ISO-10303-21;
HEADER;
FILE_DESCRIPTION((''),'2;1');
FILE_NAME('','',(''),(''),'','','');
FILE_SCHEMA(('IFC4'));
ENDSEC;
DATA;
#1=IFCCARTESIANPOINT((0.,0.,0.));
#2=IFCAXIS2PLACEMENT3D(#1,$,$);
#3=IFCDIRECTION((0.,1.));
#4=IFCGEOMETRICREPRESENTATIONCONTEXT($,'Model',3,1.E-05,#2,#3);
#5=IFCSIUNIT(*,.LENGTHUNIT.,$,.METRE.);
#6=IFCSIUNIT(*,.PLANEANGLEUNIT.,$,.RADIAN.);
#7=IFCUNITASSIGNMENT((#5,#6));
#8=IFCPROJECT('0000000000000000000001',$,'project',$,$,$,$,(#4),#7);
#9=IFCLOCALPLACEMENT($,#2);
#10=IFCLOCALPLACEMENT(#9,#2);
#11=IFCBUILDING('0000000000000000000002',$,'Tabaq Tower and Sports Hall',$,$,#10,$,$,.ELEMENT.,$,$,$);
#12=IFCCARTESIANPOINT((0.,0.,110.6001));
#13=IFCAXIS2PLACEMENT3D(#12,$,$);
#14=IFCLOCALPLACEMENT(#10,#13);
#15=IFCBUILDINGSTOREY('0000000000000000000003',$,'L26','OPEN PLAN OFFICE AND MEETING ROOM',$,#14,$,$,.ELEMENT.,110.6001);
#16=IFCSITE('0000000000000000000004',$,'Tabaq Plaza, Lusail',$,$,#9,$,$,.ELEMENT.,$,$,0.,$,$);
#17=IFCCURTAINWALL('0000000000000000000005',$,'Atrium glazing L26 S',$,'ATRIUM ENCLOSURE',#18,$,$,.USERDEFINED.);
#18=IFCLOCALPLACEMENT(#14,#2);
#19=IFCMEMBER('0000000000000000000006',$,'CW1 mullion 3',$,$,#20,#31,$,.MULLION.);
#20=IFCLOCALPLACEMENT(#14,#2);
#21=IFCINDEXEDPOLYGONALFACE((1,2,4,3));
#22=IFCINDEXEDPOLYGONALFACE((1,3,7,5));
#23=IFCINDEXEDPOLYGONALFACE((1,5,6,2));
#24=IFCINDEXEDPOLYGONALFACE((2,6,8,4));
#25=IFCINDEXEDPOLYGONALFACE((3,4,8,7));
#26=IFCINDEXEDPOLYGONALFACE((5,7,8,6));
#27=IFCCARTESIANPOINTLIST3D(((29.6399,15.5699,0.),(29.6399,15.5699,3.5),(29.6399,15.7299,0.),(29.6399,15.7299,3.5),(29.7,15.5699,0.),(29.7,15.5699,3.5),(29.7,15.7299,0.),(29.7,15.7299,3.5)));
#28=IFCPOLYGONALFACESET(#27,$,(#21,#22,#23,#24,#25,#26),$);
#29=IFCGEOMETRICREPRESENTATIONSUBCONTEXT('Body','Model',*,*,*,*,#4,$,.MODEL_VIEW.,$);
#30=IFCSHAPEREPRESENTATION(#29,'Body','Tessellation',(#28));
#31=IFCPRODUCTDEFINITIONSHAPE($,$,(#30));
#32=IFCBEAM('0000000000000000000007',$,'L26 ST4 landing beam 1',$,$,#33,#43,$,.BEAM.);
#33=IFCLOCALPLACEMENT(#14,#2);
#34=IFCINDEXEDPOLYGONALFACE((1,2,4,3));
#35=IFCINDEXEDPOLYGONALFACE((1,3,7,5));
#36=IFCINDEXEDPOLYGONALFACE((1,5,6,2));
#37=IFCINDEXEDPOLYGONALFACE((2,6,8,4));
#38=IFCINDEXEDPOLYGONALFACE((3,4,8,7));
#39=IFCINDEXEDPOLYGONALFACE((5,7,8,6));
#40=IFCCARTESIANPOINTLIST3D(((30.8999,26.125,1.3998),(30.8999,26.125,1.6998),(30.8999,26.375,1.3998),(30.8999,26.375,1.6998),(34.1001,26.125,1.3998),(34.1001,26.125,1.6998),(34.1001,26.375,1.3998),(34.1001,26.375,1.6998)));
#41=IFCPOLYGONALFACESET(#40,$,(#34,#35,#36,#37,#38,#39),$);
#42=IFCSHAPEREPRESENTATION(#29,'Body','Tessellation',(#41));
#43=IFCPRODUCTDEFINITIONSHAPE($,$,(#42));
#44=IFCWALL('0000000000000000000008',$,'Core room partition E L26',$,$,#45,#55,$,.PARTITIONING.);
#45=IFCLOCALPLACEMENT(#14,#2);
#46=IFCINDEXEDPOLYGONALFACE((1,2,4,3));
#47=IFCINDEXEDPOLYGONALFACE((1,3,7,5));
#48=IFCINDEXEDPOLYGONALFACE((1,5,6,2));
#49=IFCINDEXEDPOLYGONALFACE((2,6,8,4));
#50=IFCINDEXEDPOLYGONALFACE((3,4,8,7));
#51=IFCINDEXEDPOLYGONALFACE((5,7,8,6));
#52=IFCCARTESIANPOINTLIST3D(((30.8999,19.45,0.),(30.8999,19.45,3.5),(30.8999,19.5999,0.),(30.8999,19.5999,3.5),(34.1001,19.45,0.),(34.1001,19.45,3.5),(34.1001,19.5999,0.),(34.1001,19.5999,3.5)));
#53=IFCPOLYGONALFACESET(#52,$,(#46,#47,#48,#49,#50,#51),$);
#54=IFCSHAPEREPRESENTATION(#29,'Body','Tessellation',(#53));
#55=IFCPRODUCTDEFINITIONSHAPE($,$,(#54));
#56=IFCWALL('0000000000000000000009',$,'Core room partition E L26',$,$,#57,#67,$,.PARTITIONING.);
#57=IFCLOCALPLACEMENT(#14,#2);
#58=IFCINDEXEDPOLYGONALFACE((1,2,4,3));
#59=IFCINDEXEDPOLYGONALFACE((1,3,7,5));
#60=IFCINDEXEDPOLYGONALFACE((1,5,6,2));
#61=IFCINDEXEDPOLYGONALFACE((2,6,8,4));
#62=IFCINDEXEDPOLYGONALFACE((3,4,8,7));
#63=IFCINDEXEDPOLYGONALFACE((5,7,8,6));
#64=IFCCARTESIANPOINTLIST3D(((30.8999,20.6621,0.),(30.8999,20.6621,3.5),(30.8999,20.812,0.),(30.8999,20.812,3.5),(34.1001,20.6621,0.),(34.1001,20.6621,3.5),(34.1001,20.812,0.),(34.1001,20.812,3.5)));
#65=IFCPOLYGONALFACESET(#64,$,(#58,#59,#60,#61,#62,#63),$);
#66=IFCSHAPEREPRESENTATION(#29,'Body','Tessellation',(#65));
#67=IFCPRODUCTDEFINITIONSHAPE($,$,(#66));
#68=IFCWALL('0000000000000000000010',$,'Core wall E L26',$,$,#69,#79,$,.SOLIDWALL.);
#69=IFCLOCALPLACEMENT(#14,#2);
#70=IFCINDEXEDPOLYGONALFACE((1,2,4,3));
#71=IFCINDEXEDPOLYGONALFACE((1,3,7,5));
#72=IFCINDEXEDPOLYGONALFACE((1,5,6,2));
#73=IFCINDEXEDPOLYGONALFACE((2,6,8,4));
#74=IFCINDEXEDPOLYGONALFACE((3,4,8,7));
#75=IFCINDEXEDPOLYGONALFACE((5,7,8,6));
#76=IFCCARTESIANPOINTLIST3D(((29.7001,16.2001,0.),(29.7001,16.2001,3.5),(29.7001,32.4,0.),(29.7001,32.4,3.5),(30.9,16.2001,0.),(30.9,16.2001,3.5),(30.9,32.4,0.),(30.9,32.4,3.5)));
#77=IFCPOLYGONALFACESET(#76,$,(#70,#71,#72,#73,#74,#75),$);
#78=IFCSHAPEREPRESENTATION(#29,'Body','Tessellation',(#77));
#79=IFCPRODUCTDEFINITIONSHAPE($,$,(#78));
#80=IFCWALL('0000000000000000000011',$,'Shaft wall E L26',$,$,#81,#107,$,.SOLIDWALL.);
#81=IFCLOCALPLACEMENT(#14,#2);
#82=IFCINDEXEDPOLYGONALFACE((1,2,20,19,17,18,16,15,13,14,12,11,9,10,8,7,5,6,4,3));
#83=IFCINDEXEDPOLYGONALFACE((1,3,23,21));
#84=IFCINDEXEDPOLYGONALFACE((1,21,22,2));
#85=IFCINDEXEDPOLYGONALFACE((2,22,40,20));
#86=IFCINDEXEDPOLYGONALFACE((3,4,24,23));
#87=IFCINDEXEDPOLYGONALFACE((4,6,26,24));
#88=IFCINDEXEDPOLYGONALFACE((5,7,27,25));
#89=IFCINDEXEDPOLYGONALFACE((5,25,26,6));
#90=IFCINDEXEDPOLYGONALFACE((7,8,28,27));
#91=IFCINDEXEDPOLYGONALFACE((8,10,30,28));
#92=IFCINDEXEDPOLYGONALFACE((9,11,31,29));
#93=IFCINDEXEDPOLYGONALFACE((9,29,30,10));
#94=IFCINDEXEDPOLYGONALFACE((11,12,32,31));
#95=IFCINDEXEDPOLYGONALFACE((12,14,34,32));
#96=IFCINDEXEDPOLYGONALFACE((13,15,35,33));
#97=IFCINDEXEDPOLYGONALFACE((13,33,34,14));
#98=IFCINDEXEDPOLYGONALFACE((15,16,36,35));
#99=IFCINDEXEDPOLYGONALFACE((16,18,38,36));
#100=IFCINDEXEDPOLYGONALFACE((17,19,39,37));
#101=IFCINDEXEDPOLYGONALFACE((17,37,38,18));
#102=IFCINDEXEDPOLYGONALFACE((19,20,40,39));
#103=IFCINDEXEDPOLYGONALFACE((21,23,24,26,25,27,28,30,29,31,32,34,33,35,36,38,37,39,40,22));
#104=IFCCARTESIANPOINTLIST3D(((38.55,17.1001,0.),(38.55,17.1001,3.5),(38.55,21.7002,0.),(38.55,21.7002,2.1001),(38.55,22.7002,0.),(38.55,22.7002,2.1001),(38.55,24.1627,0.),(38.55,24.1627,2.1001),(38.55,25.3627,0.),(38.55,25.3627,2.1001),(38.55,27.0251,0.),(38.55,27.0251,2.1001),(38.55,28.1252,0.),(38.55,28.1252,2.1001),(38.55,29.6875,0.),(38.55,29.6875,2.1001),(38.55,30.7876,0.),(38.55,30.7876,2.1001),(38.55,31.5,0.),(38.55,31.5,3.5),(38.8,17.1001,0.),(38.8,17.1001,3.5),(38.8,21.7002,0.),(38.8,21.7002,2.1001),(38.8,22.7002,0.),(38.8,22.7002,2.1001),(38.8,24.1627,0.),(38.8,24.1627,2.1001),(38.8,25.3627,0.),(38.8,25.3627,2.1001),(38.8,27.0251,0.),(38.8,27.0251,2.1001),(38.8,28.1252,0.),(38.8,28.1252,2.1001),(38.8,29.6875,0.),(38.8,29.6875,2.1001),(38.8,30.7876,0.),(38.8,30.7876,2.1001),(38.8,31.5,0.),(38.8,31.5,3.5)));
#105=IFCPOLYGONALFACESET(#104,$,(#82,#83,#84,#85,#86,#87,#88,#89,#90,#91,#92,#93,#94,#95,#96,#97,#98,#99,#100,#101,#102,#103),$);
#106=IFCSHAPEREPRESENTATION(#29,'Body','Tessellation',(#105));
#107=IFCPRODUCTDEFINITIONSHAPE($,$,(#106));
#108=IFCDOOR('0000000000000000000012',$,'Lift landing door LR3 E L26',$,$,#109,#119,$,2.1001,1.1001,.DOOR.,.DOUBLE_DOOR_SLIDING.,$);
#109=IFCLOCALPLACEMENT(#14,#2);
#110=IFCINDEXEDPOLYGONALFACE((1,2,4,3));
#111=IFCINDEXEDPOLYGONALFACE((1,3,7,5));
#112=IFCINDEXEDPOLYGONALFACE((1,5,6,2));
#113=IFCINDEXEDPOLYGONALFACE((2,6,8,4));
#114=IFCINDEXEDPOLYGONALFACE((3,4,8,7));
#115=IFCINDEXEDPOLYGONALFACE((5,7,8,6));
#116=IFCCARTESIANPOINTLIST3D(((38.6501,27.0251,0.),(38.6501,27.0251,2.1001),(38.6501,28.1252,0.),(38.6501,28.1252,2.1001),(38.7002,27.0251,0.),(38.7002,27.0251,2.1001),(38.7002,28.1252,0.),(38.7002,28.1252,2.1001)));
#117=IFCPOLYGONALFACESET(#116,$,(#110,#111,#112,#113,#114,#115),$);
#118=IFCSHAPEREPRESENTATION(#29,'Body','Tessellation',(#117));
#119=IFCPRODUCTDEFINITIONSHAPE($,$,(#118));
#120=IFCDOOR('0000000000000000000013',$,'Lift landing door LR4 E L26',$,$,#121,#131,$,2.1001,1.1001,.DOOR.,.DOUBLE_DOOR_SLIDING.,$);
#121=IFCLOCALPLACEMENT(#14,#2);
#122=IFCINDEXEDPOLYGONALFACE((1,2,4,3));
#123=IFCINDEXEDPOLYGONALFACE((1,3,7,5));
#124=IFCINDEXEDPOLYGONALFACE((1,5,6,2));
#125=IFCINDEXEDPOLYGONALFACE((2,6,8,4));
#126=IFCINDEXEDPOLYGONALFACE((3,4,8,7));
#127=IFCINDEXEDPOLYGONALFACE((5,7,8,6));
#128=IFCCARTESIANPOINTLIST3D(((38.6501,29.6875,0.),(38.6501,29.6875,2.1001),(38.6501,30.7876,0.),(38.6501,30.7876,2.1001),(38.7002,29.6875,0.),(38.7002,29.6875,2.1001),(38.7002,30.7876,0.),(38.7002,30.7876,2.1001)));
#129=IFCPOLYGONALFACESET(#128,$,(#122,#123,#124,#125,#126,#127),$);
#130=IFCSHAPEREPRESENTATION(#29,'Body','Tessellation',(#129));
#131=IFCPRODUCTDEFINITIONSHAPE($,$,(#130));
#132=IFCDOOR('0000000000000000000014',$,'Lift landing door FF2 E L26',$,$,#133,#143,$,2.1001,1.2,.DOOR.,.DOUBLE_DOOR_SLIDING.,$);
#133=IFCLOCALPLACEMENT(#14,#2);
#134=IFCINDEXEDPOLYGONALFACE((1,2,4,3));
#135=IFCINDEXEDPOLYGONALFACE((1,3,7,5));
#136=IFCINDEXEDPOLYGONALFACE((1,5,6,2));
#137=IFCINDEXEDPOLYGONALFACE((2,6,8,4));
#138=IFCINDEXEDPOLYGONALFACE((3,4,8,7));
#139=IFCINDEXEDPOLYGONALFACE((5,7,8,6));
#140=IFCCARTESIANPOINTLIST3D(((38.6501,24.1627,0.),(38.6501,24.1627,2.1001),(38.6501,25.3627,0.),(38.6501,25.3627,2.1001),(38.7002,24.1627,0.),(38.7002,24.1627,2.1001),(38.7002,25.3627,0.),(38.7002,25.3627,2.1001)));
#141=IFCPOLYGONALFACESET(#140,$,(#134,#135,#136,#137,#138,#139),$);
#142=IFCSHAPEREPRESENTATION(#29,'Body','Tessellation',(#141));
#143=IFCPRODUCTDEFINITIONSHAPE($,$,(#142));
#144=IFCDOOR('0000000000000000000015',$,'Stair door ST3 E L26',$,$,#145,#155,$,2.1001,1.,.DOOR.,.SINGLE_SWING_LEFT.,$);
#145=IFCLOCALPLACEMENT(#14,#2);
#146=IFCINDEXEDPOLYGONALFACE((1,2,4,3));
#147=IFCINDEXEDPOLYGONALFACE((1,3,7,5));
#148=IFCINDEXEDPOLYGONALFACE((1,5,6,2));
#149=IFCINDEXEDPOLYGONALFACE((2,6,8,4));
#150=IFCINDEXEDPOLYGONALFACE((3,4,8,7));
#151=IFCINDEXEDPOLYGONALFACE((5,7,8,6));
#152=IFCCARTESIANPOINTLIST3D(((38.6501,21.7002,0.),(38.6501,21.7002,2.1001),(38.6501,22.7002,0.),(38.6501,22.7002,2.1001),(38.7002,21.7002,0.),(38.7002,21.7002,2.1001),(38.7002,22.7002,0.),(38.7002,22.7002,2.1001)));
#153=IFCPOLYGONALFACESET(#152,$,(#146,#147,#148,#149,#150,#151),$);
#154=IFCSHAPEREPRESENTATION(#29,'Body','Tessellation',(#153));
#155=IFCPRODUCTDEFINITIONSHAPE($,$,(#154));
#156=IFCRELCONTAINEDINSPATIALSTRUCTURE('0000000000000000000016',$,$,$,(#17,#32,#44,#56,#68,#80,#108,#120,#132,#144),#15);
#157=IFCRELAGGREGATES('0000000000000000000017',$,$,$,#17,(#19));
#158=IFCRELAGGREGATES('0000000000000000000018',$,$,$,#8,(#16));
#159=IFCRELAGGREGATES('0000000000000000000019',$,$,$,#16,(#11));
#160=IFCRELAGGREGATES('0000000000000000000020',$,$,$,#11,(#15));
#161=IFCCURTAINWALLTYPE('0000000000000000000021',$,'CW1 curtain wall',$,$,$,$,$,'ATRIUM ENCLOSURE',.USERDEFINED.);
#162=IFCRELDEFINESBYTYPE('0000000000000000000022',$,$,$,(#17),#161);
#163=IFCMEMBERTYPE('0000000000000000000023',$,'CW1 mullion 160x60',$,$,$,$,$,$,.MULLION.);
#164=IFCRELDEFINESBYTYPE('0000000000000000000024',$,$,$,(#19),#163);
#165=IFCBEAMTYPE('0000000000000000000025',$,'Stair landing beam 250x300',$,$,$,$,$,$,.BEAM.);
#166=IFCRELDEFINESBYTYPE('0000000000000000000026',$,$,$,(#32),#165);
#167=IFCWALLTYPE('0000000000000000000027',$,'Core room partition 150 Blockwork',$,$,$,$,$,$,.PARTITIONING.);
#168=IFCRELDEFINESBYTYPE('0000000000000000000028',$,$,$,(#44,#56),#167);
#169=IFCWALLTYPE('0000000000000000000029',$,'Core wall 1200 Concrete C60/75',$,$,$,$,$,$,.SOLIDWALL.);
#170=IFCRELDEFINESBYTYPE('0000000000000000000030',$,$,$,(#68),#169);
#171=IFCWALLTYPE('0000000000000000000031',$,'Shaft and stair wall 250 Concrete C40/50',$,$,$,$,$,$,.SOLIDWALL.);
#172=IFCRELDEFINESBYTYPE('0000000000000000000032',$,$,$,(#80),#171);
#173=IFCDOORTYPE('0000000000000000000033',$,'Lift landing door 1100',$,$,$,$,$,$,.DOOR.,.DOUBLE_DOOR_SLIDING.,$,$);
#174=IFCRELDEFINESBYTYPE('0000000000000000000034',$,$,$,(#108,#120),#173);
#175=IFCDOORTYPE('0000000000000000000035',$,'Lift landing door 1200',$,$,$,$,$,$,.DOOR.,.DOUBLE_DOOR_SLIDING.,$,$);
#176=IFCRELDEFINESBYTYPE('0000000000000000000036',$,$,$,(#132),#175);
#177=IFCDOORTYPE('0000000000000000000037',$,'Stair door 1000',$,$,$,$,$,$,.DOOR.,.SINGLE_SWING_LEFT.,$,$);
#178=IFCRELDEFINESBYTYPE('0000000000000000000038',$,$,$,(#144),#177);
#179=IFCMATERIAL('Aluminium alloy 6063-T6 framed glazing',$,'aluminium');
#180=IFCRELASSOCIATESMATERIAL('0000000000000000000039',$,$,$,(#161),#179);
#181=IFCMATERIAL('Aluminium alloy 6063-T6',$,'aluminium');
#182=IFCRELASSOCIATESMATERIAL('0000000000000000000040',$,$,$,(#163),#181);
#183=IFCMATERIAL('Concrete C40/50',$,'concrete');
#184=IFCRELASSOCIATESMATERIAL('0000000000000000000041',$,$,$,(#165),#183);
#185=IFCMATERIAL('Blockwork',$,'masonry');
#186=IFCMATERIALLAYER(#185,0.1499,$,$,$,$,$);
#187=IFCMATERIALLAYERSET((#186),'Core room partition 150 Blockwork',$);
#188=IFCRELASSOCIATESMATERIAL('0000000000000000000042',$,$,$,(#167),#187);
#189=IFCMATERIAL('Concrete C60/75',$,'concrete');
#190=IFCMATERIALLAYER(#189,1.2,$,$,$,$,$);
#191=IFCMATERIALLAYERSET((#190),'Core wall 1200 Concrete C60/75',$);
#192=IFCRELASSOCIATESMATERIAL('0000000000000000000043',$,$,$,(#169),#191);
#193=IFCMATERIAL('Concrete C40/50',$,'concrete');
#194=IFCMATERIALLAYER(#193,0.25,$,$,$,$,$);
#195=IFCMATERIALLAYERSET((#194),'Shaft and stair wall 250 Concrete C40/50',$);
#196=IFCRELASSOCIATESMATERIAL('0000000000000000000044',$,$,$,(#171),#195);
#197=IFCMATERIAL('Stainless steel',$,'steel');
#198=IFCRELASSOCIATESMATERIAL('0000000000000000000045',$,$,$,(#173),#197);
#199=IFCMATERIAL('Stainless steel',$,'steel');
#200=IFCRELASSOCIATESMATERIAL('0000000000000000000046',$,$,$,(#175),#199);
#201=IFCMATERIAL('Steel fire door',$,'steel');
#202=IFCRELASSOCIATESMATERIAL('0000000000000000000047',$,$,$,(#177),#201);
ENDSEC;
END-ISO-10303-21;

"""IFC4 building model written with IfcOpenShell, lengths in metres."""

from ifc_helpers import new_model, si_unit, direction, frame, frame_2d, origin, origin_2d, place, context, subcontext, project, spatial, rectangle, extrude, material, layer, layer_set, material_profile, profile_set, type_object, element, fill, aggregate, save


model = new_model("IFC4")

# Units and contexts
model_context = context("Model", 3, precision=1e-05, world=origin(), true_north=direction((0.0, 1.0)))
body_context = subcontext(model_context, "Body", "Model", "MODEL_VIEW")
ifc_project = project(units=[si_unit("LENGTHUNIT", "METRE"), si_unit("PLANEANGLEUNIT", "RADIAN")], contexts=[model_context])

# Site, building, storey
site_placement = place(None, origin())
site = spatial("IfcSite", under=ifc_project, at=site_placement, Name="Tabaq Plaza, Lusail", CompositionType="ELEMENT", RefElevation=0.0)
building_placement = place(site_placement, origin())
building = spatial("IfcBuilding", under=site, at=building_placement, Name="Tabaq Tower and Sports Hall", CompositionType="ELEMENT")
storey_placement = place(building_placement, frame((0.0, 0.0, 110.6001)))
storey = spatial("IfcBuildingStorey", under=building, at=storey_placement, Name="L26", Description="OPEN PLAN OFFICE AND MEETING ROOM", CompositionType="ELEMENT", Elevation=110.6001)

# Curtain wall, member
ifc_material_1 = material(Name="Aluminium alloy 6063-T6 framed glazing", Category="aluminium")
curtain_wall_type = type_object("IfcCurtainWallType", Name="CW1 curtain wall", ElementType="ATRIUM ENCLOSURE", PredefinedType="USERDEFINED", material=ifc_material_1)
curtain_wall_placement = place(storey_placement, origin())
curtain_wall = element("IfcCurtainWall", 1, at=curtain_wall_placement, inside=storey, type_object=curtain_wall_type, Name="Atrium glazing L26 S", ObjectType="ATRIUM ENCLOSURE", PredefinedType="USERDEFINED")
ifc_material_2 = material(Name="Aluminium alloy 6063-T6", Category="aluminium")
ifc_material_profile_1 = material_profile(ifc_material_2, rectangle(XDim=0.1599, YDim=0.0601, at=origin_2d()), Name="MULLION 160x60")
ifc_profile_set_1 = profile_set([ifc_material_profile_1], Name="Aluminium alloy 6063-T6")
member_type = type_object("IfcMemberType", Name="CW1 mullion 160x60", PredefinedType="MULLION", material=ifc_profile_set_1)
member_placement = place(storey_placement, frame((29.6699, 15.6499, 0.0), z_axis=(0.0, 0.0, 1.0), x_axis=(0.0, 1.0, 0.0)))
member = element("IfcMember", 2, at=member_placement, type_object=member_type, Name="CW1 mullion 3", PredefinedType="MULLION", context=body_context, shape_type="SweptSolid", body=[
    extrude(rectangle(XDim=0.1599, YDim=0.0601, at=origin_2d()), origin(), (0.0, 0.0, 1.0), 3.5),
])
aggregate(curtain_wall, [member])

# Beam
ifc_material_3 = material(Name="Concrete C40/50", Category="concrete")
ifc_material_profile_2 = material_profile(ifc_material_3, rectangle(XDim=0.25, YDim=0.3, at=origin_2d()), Name="RC 250x300")
ifc_profile_set_2 = profile_set([ifc_material_profile_2], Name="Concrete C40/50")
beam_type = type_object("IfcBeamType", Name="Stair landing beam 250x300", PredefinedType="BEAM", material=ifc_profile_set_2)
beam_placement = place(storey_placement, frame((30.8999, 26.25, 1.5498), z_axis=(1.0, 0.0, 0.0), x_axis=(0.0, 1.0, 0.0)))
element("IfcBeam", 3, at=beam_placement, inside=storey, type_object=beam_type, Name="L26 ST4 landing beam 1", PredefinedType="BEAM", context=body_context, shape_type="SweptSolid", body=[
    extrude(rectangle(XDim=0.25, YDim=0.3, at=origin_2d()), origin(), (0.0, 0.0, 1.0), 3.2002),
])

# Walls
ifc_material_4 = material(Name="Blockwork", Category="masonry")
ifc_layer_1 = layer(ifc_material_4, 0.1499)
ifc_layer_set_1 = layer_set([ifc_layer_1], Name="Core room partition 150 Blockwork")
wall_type_1 = type_object("IfcWallType", Name="Core room partition 150 Blockwork", PredefinedType="PARTITIONING", material=ifc_layer_set_1)
for number, where, z_axis, x_axis, name in (
    (4, (30.8999, 19.5249, 0.0), (0.0, 0.0, 1.0), (1.0, 0.0, 0.0), "Core room partition E L26"),
    (5, (30.8999, 20.7371, 0.0), (0.0, 0.0, 1.0), (1.0, 0.0, 0.0), "Core room partition E L26"),
):
    element("IfcWall", number, at=place(storey_placement, frame(where, z_axis=z_axis, x_axis=x_axis)), inside=storey, type_object=wall_type_1, Name=name, PredefinedType="PARTITIONING", context=body_context, shape_type="SweptSolid", body=[
        extrude(rectangle(XDim=3.2002, YDim=0.1499, at=frame_2d((1.6001, 0.0))), origin(), (0.0, 0.0, 1.0), 3.5),
    ])
ifc_material_5 = material(Name="Concrete C60/75", Category="concrete")
ifc_layer_2 = layer(ifc_material_5, 1.2)
ifc_layer_set_2 = layer_set([ifc_layer_2], Name="Core wall 1200 Concrete C60/75")
wall_type_2 = type_object("IfcWallType", Name="Core wall 1200 Concrete C60/75", PredefinedType="SOLIDWALL", material=ifc_layer_set_2)
wall_1_placement = place(storey_placement, frame((30.3, 16.2, 0.0), z_axis=(0.0, 0.0, 1.0), x_axis=(0.0, 1.0, 0.0)))
element("IfcWall", 6, at=wall_1_placement, inside=storey, type_object=wall_type_2, Name="Core wall E L26", PredefinedType="SOLIDWALL", context=body_context, shape_type="SweptSolid", body=[
    extrude(rectangle(XDim=16.2, YDim=1.2, at=frame_2d((8.1001, 0.0))), origin(), (0.0, 0.0, 1.0), 3.5),
])

# Wall, openings, doors
ifc_material_6 = material(Name="Concrete C40/50", Category="concrete")
ifc_layer_3 = layer(ifc_material_6, 0.25)
ifc_layer_set_3 = layer_set([ifc_layer_3], Name="Shaft and stair wall 250 Concrete C40/50")
wall_type_3 = type_object("IfcWallType", Name="Shaft and stair wall 250 Concrete C40/50", PredefinedType="SOLIDWALL", material=ifc_layer_set_3)
wall_2_placement = place(storey_placement, frame((38.675, 17.1001, 0.0), z_axis=(0.0, 0.0, 1.0), x_axis=(0.0, 1.0, 0.0)))
wall_2 = element("IfcWall", 7, at=wall_2_placement, inside=storey, type_object=wall_type_3, Name="Shaft wall E L26", PredefinedType="SOLIDWALL", context=body_context, shape_type="SweptSolid", body=[
    extrude(rectangle(XDim=14.3999, YDim=0.25, at=frame_2d((7.2, 0.0))), origin(), (0.0, 0.0, 1.0), 3.5),
])
opening_1_placement = place(wall_2_placement, frame((4.6001, 0.0, 0.0)))
opening_1 = element("IfcOpeningElement", 8, at=opening_1_placement, cuts=wall_2, PredefinedType="OPENING", context=body_context, shape_type="SweptSolid", body=[
    extrude(rectangle(XDim=1.0, YDim=2.1001, at=frame_2d((0.5, 1.05))), frame((0.0, 0.125, 0.0), z_axis=(0.0, -1.0, 0.0), x_axis=(1.0, 0.0, 0.0)), (0.0, 0.0, 1.0), 0.25),
])
opening_2_placement = place(wall_2_placement, frame((7.0625, 0.0, 0.0)))
opening_2 = element("IfcOpeningElement", 9, at=opening_2_placement, cuts=wall_2, PredefinedType="OPENING", context=body_context, shape_type="SweptSolid", body=[
    extrude(rectangle(XDim=1.2, YDim=2.1001, at=frame_2d((0.6001, 1.05))), frame((0.0, 0.125, 0.0), z_axis=(0.0, -1.0, 0.0), x_axis=(1.0, 0.0, 0.0)), (0.0, 0.0, 1.0), 0.25),
])
opening_3_placement = place(wall_2_placement, frame((9.925, 0.0, 0.0)))
opening_3 = element("IfcOpeningElement", 10, at=opening_3_placement, cuts=wall_2, PredefinedType="OPENING", context=body_context, shape_type="SweptSolid", body=[
    extrude(rectangle(XDim=1.1001, YDim=2.1001, at=frame_2d((0.55, 1.05))), frame((0.0, 0.125, 0.0), z_axis=(0.0, -1.0, 0.0), x_axis=(1.0, 0.0, 0.0)), (0.0, 0.0, 1.0), 0.25),
])
opening_4_placement = place(wall_2_placement, frame((12.5874, 0.0, 0.0)))
opening_4 = element("IfcOpeningElement", 11, at=opening_4_placement, cuts=wall_2, PredefinedType="OPENING", context=body_context, shape_type="SweptSolid", body=[
    extrude(rectangle(XDim=1.1001, YDim=2.1001, at=frame_2d((0.55, 1.05))), frame((0.0, 0.125, 0.0), z_axis=(0.0, -1.0, 0.0), x_axis=(1.0, 0.0, 0.0)), (0.0, 0.0, 1.0), 0.25),
])
ifc_material_7 = material(Name="Stainless steel", Category="steel")
door_type_1 = type_object("IfcDoorType", Name="Lift landing door 1100", OperationType="DOUBLE_DOOR_SLIDING", PredefinedType="DOOR", material=ifc_material_7)
door_1_placement = place(opening_3_placement, origin())
door_1 = element("IfcDoor", 12, at=door_1_placement, inside=storey, type_object=door_type_1, Name="Lift landing door LR3 E L26", OperationType="DOUBLE_DOOR_SLIDING", OverallHeight=2.1001, OverallWidth=1.1001, PredefinedType="DOOR", context=body_context, shape_type="SweptSolid", body=[
    extrude(rectangle(XDim=1.1001, YDim=2.1001, at=frame_2d((0.55, 1.05))), frame((0.0, 0.0249, 0.0), z_axis=(0.0, -1.0, 0.0), x_axis=(1.0, 0.0, 0.0)), (0.0, 0.0, 1.0), 0.05),
])
fill(opening_3, door_1)
door_2_placement = place(opening_4_placement, origin())
door_2 = element("IfcDoor", 13, at=door_2_placement, inside=storey, type_object=door_type_1, Name="Lift landing door LR4 E L26", OperationType="DOUBLE_DOOR_SLIDING", OverallHeight=2.1001, OverallWidth=1.1001, PredefinedType="DOOR", context=body_context, shape_type="SweptSolid", body=[
    extrude(rectangle(XDim=1.1001, YDim=2.1001, at=frame_2d((0.55, 1.05))), frame((0.0, 0.0249, 0.0), z_axis=(0.0, -1.0, 0.0), x_axis=(1.0, 0.0, 0.0)), (0.0, 0.0, 1.0), 0.05),
])
fill(opening_4, door_2)
ifc_material_8 = material(Name="Stainless steel", Category="steel")
door_type_2 = type_object("IfcDoorType", Name="Lift landing door 1200", OperationType="DOUBLE_DOOR_SLIDING", PredefinedType="DOOR", material=ifc_material_8)
door_3_placement = place(opening_2_placement, origin())
door_3 = element("IfcDoor", 14, at=door_3_placement, inside=storey, type_object=door_type_2, Name="Lift landing door FF2 E L26", OperationType="DOUBLE_DOOR_SLIDING", OverallHeight=2.1001, OverallWidth=1.2, PredefinedType="DOOR", context=body_context, shape_type="SweptSolid", body=[
    extrude(rectangle(XDim=1.2, YDim=2.1001, at=frame_2d((0.6001, 1.05))), frame((0.0, 0.0249, 0.0), z_axis=(0.0, -1.0, 0.0), x_axis=(1.0, 0.0, 0.0)), (0.0, 0.0, 1.0), 0.05),
])
fill(opening_2, door_3)
ifc_material_9 = material(Name="Steel fire door", Category="steel")
door_type_3 = type_object("IfcDoorType", Name="Stair door 1000", OperationType="SINGLE_SWING_LEFT", PredefinedType="DOOR", material=ifc_material_9)
door_4_placement = place(opening_1_placement, origin())
door_4 = element("IfcDoor", 15, at=door_4_placement, inside=storey, type_object=door_type_3, Name="Stair door ST3 E L26", OperationType="SINGLE_SWING_LEFT", OverallHeight=2.1001, OverallWidth=1.0, PredefinedType="DOOR", context=body_context, shape_type="SweptSolid", body=[
    extrude(rectangle(XDim=1.0, YDim=2.1001, at=frame_2d((0.5, 1.05))), frame((0.0, 0.0249, 0.0), z_axis=(0.0, -1.0, 0.0), x_axis=(1.0, 0.0, 0.0)), (0.0, 0.0, 1.0), 0.05),
])
fill(opening_1, door_4)

save(model, "model.ifc")
